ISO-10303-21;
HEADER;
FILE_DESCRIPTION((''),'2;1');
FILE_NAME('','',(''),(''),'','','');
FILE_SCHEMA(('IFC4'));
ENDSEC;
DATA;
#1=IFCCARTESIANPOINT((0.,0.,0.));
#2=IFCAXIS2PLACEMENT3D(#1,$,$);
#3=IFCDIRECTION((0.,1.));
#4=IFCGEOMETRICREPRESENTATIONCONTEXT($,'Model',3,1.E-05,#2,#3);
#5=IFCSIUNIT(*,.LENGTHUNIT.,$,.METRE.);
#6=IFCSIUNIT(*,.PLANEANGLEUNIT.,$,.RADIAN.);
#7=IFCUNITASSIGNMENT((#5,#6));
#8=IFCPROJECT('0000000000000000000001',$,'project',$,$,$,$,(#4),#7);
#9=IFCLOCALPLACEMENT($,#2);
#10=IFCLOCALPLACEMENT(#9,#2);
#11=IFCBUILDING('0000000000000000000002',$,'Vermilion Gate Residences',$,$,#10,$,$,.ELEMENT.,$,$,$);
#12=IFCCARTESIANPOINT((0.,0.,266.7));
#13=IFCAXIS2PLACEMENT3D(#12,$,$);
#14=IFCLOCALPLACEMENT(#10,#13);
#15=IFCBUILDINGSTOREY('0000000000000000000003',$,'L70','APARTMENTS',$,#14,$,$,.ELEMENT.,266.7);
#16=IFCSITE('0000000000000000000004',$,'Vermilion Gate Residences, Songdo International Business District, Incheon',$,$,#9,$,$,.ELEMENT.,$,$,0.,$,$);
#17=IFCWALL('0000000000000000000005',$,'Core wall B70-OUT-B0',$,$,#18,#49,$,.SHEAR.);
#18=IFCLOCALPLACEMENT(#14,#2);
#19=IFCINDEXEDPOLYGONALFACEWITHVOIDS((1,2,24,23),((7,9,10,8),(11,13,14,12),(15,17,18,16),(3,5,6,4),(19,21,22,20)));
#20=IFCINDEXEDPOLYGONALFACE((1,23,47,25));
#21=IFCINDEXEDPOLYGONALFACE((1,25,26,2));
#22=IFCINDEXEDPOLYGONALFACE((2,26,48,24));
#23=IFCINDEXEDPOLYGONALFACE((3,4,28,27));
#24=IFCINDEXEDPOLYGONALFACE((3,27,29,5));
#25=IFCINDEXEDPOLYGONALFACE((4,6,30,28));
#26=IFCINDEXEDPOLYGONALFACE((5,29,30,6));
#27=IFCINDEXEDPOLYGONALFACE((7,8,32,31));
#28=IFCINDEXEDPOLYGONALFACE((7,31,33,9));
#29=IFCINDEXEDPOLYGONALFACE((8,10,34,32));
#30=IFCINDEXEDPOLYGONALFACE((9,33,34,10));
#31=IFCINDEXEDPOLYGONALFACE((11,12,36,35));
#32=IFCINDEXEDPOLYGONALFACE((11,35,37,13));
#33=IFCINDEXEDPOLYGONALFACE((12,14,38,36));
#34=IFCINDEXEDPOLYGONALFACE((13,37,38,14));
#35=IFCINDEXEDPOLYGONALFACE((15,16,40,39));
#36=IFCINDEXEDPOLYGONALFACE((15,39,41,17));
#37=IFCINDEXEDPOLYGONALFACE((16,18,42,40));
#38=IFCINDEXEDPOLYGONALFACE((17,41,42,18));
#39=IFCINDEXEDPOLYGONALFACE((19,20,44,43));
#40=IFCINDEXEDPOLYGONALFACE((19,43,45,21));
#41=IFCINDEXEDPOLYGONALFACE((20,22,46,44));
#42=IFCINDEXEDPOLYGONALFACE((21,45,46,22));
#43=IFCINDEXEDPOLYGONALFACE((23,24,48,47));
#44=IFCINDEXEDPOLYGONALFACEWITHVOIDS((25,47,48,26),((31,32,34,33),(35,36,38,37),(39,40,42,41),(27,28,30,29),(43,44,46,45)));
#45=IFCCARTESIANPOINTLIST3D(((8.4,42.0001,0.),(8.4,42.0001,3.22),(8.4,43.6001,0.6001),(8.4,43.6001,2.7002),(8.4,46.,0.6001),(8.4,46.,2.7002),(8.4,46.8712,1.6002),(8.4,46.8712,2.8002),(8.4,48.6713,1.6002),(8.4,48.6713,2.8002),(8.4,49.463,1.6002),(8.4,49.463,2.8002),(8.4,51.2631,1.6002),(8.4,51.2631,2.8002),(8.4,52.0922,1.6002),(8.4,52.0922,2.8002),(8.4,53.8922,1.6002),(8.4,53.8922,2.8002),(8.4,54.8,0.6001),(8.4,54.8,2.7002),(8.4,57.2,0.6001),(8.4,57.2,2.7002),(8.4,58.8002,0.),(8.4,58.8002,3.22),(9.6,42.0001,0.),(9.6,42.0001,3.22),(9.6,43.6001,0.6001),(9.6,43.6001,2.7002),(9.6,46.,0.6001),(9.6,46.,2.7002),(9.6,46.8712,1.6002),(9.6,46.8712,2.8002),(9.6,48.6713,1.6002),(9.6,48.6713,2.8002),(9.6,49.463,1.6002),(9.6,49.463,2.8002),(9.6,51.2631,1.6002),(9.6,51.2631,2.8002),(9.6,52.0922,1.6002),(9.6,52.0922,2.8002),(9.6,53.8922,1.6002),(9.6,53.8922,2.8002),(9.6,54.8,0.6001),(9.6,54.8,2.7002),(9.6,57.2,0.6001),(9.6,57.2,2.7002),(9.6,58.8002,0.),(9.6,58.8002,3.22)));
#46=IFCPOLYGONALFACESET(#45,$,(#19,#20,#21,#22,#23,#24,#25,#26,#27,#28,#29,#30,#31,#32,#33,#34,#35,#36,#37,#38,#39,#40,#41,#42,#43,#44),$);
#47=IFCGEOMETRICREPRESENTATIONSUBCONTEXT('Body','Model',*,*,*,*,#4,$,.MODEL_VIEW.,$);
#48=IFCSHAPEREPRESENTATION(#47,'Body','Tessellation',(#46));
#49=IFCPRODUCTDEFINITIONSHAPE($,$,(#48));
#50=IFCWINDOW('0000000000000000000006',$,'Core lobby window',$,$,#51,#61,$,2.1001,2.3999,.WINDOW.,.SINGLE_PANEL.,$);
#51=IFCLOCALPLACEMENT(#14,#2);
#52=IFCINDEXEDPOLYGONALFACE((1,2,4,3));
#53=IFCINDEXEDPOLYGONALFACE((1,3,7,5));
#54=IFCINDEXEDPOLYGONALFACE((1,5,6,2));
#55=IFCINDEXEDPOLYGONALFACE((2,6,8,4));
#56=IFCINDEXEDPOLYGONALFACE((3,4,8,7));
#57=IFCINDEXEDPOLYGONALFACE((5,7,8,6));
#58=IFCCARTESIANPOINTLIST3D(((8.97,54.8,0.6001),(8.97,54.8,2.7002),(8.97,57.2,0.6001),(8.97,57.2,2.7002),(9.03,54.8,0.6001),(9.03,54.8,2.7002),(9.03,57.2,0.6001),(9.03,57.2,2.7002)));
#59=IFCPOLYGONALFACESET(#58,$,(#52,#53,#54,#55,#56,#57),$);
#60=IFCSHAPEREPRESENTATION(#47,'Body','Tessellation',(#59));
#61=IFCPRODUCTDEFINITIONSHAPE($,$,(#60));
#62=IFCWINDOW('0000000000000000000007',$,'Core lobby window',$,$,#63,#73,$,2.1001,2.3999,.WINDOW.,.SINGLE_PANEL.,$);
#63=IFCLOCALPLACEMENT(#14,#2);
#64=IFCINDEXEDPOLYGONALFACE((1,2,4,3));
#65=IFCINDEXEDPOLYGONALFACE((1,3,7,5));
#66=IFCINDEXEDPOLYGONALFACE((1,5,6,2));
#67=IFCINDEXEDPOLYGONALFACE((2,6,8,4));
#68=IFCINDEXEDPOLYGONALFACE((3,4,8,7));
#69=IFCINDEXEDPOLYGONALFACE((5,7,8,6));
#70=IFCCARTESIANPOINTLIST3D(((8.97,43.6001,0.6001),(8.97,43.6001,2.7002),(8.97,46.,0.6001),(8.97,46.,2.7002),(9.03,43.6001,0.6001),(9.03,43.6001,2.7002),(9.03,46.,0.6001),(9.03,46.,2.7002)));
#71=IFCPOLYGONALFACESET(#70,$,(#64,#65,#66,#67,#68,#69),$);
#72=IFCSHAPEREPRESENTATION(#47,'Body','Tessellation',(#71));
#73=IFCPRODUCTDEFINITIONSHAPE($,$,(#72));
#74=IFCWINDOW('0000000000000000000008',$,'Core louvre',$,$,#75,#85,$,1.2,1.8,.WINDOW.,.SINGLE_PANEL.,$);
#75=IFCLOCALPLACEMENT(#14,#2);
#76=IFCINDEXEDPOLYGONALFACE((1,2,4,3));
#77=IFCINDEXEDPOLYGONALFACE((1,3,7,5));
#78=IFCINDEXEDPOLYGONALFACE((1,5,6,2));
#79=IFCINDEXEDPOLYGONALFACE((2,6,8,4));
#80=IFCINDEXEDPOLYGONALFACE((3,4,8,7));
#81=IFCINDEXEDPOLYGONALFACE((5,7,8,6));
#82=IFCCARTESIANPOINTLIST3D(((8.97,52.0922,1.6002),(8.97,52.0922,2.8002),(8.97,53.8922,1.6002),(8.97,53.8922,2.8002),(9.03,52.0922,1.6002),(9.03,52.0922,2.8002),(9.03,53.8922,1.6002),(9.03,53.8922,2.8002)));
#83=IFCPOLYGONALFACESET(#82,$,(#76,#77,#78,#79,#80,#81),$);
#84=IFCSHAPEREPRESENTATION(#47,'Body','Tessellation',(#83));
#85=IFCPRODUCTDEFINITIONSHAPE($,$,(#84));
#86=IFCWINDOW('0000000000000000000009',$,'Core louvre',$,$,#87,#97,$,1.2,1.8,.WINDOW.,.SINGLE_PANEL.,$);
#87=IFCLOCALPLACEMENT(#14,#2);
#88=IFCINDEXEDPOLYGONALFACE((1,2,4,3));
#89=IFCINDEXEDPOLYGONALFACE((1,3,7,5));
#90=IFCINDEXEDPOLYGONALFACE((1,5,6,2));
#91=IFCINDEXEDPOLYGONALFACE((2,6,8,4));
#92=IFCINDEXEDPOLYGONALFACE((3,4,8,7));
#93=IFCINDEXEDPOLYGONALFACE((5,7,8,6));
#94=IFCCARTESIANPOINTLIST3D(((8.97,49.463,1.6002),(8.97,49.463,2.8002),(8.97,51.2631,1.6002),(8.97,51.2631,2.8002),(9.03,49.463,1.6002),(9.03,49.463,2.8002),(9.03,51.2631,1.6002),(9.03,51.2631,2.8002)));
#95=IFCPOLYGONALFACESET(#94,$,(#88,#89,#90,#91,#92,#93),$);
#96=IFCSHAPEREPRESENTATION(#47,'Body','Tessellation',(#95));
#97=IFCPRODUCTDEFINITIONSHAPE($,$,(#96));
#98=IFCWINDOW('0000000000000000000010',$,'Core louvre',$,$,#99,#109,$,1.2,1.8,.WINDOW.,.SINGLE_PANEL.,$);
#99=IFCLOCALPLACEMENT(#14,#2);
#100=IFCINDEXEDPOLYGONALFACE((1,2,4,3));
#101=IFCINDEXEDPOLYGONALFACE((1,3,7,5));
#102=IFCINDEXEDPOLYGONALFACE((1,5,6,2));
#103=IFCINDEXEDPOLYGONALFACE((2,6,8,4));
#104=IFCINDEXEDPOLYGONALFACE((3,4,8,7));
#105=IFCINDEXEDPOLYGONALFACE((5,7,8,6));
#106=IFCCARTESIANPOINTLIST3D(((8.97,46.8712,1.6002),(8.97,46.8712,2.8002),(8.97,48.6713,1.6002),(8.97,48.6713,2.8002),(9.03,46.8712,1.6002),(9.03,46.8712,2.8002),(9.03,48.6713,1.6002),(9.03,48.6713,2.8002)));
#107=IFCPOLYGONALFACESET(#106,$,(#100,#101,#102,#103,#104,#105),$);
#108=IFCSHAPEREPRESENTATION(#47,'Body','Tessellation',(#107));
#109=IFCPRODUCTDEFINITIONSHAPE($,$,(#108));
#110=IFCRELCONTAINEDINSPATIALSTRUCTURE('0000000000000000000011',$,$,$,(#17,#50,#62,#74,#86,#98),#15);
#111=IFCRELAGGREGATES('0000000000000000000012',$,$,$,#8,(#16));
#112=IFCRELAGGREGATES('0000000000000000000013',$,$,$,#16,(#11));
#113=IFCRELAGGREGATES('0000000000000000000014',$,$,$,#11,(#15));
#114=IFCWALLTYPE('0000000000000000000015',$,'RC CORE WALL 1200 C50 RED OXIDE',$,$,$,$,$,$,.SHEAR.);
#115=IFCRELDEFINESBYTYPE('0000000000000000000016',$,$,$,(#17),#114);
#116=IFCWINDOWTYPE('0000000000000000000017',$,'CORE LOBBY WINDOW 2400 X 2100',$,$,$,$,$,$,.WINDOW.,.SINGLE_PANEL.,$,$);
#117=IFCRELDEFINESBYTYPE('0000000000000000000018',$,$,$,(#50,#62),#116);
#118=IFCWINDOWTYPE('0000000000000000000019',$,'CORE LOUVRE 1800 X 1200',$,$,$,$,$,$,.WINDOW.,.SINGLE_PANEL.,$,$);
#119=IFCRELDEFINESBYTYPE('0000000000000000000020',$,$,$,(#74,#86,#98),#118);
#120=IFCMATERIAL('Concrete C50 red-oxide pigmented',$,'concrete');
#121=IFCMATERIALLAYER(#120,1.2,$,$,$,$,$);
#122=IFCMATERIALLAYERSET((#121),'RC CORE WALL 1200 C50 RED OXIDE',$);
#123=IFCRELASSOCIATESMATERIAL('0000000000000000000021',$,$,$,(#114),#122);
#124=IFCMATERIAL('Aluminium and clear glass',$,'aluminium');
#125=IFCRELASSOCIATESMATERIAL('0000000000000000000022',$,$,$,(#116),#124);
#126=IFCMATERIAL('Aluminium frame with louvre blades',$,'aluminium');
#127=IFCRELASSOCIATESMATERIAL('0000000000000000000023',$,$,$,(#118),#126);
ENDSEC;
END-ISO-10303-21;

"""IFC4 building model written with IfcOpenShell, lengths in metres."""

from ifc_helpers import new_model, si_unit, direction, frame, frame_2d, origin, place, context, subcontext, project, spatial, rectangle, extrude, material, layer, layer_set, type_object, element, fill, save


model = new_model("IFC4")

# Units and contexts
model_context = context("Model", 3, precision=1e-05, world=origin(), true_north=direction((0.0, 1.0)))
body_context = subcontext(model_context, "Body", "Model", "MODEL_VIEW")
ifc_project = project(units=[si_unit("LENGTHUNIT", "METRE"), si_unit("PLANEANGLEUNIT", "RADIAN")], contexts=[model_context])

# Site, building, storey
site_placement = place(None, origin())
site = spatial("IfcSite", under=ifc_project, at=site_placement, Name="Vermilion Gate Residences, Songdo International Business District, Incheon", CompositionType="ELEMENT", RefElevation=0.0)
building_placement = place(site_placement, origin())
building = spatial("IfcBuilding", under=site, at=building_placement, Name="Vermilion Gate Residences", CompositionType="ELEMENT")
storey_placement = place(building_placement, frame((0.0, 0.0, 266.7)))
storey = spatial("IfcBuildingStorey", under=building, at=storey_placement, Name="L70", Description="APARTMENTS", CompositionType="ELEMENT", Elevation=266.7)

# Wall, openings, windows
ifc_material_1 = material(Name="Concrete C50 red-oxide pigmented", Category="concrete")
ifc_layer_1 = layer(ifc_material_1, 1.2)
ifc_layer_set_1 = layer_set([ifc_layer_1], Name="RC CORE WALL 1200 C50 RED OXIDE")
wall_type_1 = type_object("IfcWallType", Name="RC CORE WALL 1200 C50 RED OXIDE", PredefinedType="SHEAR", material=ifc_layer_set_1)
wall_1_placement = place(storey_placement, frame((9.0, 58.8, 0.0), z_axis=(0.0, 0.0, 1.0), x_axis=(0.0, -1.0, 0.0)))
wall_1 = element("IfcWall", 1, at=wall_1_placement, inside=storey, type_object=wall_type_1, Name="Core wall B70-OUT-B0", PredefinedType="SHEAR", context=body_context, shape_type="SweptSolid", body=[
    extrude(rectangle(XDim=16.8, YDim=1.2, at=frame_2d((8.3999, 0.0))), origin(), (0.0, 0.0, 1.0), 3.22),
])
opening_1_placement = place(wall_1_placement, frame((1.6001, 0.0, 0.6001)))
opening_1 = element("IfcOpeningElement", 2, at=opening_1_placement, cuts=wall_1, PredefinedType="OPENING", context=body_context, shape_type="SweptSolid", body=[
    extrude(rectangle(XDim=2.3999, YDim=2.1001, at=frame_2d((1.2, 1.05))), frame((0.0, 0.6099, 0.0), z_axis=(0.0, -1.0, 0.0), x_axis=(1.0, 0.0, 0.0)), (0.0, 0.0, 1.0), 1.22),
])
opening_2_placement = place(wall_1_placement, frame((4.908, 0.0, 1.6001)))
opening_2 = element("IfcOpeningElement", 3, at=opening_2_placement, cuts=wall_1, PredefinedType="OPENING", context=body_context, shape_type="SweptSolid", body=[
    extrude(rectangle(XDim=1.8, YDim=1.2, at=frame_2d((0.8999, 0.6001))), frame((0.0, 0.6099, 0.0), z_axis=(0.0, -1.0, 0.0), x_axis=(1.0, 0.0, 0.0)), (0.0, 0.0, 1.0), 1.22),
])
opening_3_placement = place(wall_1_placement, frame((7.5371, 0.0, 1.6001)))
opening_3 = element("IfcOpeningElement", 4, at=opening_3_placement, cuts=wall_1, PredefinedType="OPENING", context=body_context, shape_type="SweptSolid", body=[
    extrude(rectangle(XDim=1.8, YDim=1.2, at=frame_2d((0.8999, 0.6001))), frame((0.0, 0.6099, 0.0), z_axis=(0.0, -1.0, 0.0), x_axis=(1.0, 0.0, 0.0)), (0.0, 0.0, 1.0), 1.22),
])
opening_4_placement = place(wall_1_placement, frame((10.1289, 0.0, 1.6001)))
opening_4 = element("IfcOpeningElement", 5, at=opening_4_placement, cuts=wall_1, PredefinedType="OPENING", context=body_context, shape_type="SweptSolid", body=[
    extrude(rectangle(XDim=1.8, YDim=1.2, at=frame_2d((0.8999, 0.6001))), frame((0.0, 0.6099, 0.0), z_axis=(0.0, -1.0, 0.0), x_axis=(1.0, 0.0, 0.0)), (0.0, 0.0, 1.0), 1.22),
])
opening_5_placement = place(wall_1_placement, frame((12.8, 0.0, 0.6001)))
opening_5 = element("IfcOpeningElement", 6, at=opening_5_placement, cuts=wall_1, PredefinedType="OPENING", context=body_context, shape_type="SweptSolid", body=[
    extrude(rectangle(XDim=2.3999, YDim=2.1001, at=frame_2d((1.2, 1.05))), frame((0.0, 0.6099, 0.0), z_axis=(0.0, -1.0, 0.0), x_axis=(1.0, 0.0, 0.0)), (0.0, 0.0, 1.0), 1.22),
])
ifc_material_2 = material(Name="Aluminium and clear glass", Category="aluminium")
window_type_1 = type_object("IfcWindowType", Name="CORE LOBBY WINDOW 2400 X 2100", PartitioningType="SINGLE_PANEL", PredefinedType="WINDOW", material=ifc_material_2)
window_1_placement = place(opening_1_placement, origin())
window_1 = element("IfcWindow", 7, at=window_1_placement, inside=storey, type_object=window_type_1, Name="Core lobby window", OverallHeight=2.1001, OverallWidth=2.3999, PartitioningType="SINGLE_PANEL", PredefinedType="WINDOW", context=body_context, shape_type="SweptSolid", body=[
    extrude(rectangle(XDim=2.3999, YDim=2.1001, at=frame_2d((1.2, 1.05))), frame((0.0, 0.03, 0.0), z_axis=(0.0, -1.0, 0.0), x_axis=(1.0, 0.0, 0.0)), (0.0, 0.0, 1.0), 0.0601),
])
fill(opening_1, window_1)
window_2_placement = place(opening_5_placement, origin())
window_2 = element("IfcWindow", 8, at=window_2_placement, inside=storey, type_object=window_type_1, Name="Core lobby window", OverallHeight=2.1001, OverallWidth=2.3999, PartitioningType="SINGLE_PANEL", PredefinedType="WINDOW", context=body_context, shape_type="SweptSolid", body=[
    extrude(rectangle(XDim=2.3999, YDim=2.1001, at=frame_2d((1.2, 1.05))), frame((0.0, 0.03, 0.0), z_axis=(0.0, -1.0, 0.0), x_axis=(1.0, 0.0, 0.0)), (0.0, 0.0, 1.0), 0.0601),
])
fill(opening_5, window_2)
ifc_material_3 = material(Name="Aluminium frame with louvre blades", Category="aluminium")
window_type_2 = type_object("IfcWindowType", Name="CORE LOUVRE 1800 X 1200", PartitioningType="SINGLE_PANEL", PredefinedType="WINDOW", material=ifc_material_3)
window_3_placement = place(opening_2_placement, origin())
window_3 = element("IfcWindow", 9, at=window_3_placement, inside=storey, type_object=window_type_2, Name="Core louvre", OverallHeight=1.2, OverallWidth=1.8, PartitioningType="SINGLE_PANEL", PredefinedType="WINDOW", context=body_context, shape_type="SweptSolid", body=[
    extrude(rectangle(XDim=1.8, YDim=1.2, at=frame_2d((0.8999, 0.6001))), frame((0.0, 0.03, 0.0), z_axis=(0.0, -1.0, 0.0), x_axis=(1.0, 0.0, 0.0)), (0.0, 0.0, 1.0), 0.0601),
])
fill(opening_2, window_3)
window_4_placement = place(opening_3_placement, origin())
window_4 = element("IfcWindow", 10, at=window_4_placement, inside=storey, type_object=window_type_2, Name="Core louvre", OverallHeight=1.2, OverallWidth=1.8, PartitioningType="SINGLE_PANEL", PredefinedType="WINDOW", context=body_context, shape_type="SweptSolid", body=[
    extrude(rectangle(XDim=1.8, YDim=1.2, at=frame_2d((0.8999, 0.6001))), frame((0.0, 0.03, 0.0), z_axis=(0.0, -1.0, 0.0), x_axis=(1.0, 0.0, 0.0)), (0.0, 0.0, 1.0), 0.0601),
])
fill(opening_3, window_4)
window_5_placement = place(opening_4_placement, origin())
window_5 = element("IfcWindow", 11, at=window_5_placement, inside=storey, type_object=window_type_2, Name="Core louvre", OverallHeight=1.2, OverallWidth=1.8, PartitioningType="SINGLE_PANEL", PredefinedType="WINDOW", context=body_context, shape_type="SweptSolid", body=[
    extrude(rectangle(XDim=1.8, YDim=1.2, at=frame_2d((0.8999, 0.6001))), frame((0.0, 0.03, 0.0), z_axis=(0.0, -1.0, 0.0), x_axis=(1.0, 0.0, 0.0)), (0.0, 0.0, 1.0), 0.0601),
])
fill(opening_4, window_5)

save(model, "model.ifc")
